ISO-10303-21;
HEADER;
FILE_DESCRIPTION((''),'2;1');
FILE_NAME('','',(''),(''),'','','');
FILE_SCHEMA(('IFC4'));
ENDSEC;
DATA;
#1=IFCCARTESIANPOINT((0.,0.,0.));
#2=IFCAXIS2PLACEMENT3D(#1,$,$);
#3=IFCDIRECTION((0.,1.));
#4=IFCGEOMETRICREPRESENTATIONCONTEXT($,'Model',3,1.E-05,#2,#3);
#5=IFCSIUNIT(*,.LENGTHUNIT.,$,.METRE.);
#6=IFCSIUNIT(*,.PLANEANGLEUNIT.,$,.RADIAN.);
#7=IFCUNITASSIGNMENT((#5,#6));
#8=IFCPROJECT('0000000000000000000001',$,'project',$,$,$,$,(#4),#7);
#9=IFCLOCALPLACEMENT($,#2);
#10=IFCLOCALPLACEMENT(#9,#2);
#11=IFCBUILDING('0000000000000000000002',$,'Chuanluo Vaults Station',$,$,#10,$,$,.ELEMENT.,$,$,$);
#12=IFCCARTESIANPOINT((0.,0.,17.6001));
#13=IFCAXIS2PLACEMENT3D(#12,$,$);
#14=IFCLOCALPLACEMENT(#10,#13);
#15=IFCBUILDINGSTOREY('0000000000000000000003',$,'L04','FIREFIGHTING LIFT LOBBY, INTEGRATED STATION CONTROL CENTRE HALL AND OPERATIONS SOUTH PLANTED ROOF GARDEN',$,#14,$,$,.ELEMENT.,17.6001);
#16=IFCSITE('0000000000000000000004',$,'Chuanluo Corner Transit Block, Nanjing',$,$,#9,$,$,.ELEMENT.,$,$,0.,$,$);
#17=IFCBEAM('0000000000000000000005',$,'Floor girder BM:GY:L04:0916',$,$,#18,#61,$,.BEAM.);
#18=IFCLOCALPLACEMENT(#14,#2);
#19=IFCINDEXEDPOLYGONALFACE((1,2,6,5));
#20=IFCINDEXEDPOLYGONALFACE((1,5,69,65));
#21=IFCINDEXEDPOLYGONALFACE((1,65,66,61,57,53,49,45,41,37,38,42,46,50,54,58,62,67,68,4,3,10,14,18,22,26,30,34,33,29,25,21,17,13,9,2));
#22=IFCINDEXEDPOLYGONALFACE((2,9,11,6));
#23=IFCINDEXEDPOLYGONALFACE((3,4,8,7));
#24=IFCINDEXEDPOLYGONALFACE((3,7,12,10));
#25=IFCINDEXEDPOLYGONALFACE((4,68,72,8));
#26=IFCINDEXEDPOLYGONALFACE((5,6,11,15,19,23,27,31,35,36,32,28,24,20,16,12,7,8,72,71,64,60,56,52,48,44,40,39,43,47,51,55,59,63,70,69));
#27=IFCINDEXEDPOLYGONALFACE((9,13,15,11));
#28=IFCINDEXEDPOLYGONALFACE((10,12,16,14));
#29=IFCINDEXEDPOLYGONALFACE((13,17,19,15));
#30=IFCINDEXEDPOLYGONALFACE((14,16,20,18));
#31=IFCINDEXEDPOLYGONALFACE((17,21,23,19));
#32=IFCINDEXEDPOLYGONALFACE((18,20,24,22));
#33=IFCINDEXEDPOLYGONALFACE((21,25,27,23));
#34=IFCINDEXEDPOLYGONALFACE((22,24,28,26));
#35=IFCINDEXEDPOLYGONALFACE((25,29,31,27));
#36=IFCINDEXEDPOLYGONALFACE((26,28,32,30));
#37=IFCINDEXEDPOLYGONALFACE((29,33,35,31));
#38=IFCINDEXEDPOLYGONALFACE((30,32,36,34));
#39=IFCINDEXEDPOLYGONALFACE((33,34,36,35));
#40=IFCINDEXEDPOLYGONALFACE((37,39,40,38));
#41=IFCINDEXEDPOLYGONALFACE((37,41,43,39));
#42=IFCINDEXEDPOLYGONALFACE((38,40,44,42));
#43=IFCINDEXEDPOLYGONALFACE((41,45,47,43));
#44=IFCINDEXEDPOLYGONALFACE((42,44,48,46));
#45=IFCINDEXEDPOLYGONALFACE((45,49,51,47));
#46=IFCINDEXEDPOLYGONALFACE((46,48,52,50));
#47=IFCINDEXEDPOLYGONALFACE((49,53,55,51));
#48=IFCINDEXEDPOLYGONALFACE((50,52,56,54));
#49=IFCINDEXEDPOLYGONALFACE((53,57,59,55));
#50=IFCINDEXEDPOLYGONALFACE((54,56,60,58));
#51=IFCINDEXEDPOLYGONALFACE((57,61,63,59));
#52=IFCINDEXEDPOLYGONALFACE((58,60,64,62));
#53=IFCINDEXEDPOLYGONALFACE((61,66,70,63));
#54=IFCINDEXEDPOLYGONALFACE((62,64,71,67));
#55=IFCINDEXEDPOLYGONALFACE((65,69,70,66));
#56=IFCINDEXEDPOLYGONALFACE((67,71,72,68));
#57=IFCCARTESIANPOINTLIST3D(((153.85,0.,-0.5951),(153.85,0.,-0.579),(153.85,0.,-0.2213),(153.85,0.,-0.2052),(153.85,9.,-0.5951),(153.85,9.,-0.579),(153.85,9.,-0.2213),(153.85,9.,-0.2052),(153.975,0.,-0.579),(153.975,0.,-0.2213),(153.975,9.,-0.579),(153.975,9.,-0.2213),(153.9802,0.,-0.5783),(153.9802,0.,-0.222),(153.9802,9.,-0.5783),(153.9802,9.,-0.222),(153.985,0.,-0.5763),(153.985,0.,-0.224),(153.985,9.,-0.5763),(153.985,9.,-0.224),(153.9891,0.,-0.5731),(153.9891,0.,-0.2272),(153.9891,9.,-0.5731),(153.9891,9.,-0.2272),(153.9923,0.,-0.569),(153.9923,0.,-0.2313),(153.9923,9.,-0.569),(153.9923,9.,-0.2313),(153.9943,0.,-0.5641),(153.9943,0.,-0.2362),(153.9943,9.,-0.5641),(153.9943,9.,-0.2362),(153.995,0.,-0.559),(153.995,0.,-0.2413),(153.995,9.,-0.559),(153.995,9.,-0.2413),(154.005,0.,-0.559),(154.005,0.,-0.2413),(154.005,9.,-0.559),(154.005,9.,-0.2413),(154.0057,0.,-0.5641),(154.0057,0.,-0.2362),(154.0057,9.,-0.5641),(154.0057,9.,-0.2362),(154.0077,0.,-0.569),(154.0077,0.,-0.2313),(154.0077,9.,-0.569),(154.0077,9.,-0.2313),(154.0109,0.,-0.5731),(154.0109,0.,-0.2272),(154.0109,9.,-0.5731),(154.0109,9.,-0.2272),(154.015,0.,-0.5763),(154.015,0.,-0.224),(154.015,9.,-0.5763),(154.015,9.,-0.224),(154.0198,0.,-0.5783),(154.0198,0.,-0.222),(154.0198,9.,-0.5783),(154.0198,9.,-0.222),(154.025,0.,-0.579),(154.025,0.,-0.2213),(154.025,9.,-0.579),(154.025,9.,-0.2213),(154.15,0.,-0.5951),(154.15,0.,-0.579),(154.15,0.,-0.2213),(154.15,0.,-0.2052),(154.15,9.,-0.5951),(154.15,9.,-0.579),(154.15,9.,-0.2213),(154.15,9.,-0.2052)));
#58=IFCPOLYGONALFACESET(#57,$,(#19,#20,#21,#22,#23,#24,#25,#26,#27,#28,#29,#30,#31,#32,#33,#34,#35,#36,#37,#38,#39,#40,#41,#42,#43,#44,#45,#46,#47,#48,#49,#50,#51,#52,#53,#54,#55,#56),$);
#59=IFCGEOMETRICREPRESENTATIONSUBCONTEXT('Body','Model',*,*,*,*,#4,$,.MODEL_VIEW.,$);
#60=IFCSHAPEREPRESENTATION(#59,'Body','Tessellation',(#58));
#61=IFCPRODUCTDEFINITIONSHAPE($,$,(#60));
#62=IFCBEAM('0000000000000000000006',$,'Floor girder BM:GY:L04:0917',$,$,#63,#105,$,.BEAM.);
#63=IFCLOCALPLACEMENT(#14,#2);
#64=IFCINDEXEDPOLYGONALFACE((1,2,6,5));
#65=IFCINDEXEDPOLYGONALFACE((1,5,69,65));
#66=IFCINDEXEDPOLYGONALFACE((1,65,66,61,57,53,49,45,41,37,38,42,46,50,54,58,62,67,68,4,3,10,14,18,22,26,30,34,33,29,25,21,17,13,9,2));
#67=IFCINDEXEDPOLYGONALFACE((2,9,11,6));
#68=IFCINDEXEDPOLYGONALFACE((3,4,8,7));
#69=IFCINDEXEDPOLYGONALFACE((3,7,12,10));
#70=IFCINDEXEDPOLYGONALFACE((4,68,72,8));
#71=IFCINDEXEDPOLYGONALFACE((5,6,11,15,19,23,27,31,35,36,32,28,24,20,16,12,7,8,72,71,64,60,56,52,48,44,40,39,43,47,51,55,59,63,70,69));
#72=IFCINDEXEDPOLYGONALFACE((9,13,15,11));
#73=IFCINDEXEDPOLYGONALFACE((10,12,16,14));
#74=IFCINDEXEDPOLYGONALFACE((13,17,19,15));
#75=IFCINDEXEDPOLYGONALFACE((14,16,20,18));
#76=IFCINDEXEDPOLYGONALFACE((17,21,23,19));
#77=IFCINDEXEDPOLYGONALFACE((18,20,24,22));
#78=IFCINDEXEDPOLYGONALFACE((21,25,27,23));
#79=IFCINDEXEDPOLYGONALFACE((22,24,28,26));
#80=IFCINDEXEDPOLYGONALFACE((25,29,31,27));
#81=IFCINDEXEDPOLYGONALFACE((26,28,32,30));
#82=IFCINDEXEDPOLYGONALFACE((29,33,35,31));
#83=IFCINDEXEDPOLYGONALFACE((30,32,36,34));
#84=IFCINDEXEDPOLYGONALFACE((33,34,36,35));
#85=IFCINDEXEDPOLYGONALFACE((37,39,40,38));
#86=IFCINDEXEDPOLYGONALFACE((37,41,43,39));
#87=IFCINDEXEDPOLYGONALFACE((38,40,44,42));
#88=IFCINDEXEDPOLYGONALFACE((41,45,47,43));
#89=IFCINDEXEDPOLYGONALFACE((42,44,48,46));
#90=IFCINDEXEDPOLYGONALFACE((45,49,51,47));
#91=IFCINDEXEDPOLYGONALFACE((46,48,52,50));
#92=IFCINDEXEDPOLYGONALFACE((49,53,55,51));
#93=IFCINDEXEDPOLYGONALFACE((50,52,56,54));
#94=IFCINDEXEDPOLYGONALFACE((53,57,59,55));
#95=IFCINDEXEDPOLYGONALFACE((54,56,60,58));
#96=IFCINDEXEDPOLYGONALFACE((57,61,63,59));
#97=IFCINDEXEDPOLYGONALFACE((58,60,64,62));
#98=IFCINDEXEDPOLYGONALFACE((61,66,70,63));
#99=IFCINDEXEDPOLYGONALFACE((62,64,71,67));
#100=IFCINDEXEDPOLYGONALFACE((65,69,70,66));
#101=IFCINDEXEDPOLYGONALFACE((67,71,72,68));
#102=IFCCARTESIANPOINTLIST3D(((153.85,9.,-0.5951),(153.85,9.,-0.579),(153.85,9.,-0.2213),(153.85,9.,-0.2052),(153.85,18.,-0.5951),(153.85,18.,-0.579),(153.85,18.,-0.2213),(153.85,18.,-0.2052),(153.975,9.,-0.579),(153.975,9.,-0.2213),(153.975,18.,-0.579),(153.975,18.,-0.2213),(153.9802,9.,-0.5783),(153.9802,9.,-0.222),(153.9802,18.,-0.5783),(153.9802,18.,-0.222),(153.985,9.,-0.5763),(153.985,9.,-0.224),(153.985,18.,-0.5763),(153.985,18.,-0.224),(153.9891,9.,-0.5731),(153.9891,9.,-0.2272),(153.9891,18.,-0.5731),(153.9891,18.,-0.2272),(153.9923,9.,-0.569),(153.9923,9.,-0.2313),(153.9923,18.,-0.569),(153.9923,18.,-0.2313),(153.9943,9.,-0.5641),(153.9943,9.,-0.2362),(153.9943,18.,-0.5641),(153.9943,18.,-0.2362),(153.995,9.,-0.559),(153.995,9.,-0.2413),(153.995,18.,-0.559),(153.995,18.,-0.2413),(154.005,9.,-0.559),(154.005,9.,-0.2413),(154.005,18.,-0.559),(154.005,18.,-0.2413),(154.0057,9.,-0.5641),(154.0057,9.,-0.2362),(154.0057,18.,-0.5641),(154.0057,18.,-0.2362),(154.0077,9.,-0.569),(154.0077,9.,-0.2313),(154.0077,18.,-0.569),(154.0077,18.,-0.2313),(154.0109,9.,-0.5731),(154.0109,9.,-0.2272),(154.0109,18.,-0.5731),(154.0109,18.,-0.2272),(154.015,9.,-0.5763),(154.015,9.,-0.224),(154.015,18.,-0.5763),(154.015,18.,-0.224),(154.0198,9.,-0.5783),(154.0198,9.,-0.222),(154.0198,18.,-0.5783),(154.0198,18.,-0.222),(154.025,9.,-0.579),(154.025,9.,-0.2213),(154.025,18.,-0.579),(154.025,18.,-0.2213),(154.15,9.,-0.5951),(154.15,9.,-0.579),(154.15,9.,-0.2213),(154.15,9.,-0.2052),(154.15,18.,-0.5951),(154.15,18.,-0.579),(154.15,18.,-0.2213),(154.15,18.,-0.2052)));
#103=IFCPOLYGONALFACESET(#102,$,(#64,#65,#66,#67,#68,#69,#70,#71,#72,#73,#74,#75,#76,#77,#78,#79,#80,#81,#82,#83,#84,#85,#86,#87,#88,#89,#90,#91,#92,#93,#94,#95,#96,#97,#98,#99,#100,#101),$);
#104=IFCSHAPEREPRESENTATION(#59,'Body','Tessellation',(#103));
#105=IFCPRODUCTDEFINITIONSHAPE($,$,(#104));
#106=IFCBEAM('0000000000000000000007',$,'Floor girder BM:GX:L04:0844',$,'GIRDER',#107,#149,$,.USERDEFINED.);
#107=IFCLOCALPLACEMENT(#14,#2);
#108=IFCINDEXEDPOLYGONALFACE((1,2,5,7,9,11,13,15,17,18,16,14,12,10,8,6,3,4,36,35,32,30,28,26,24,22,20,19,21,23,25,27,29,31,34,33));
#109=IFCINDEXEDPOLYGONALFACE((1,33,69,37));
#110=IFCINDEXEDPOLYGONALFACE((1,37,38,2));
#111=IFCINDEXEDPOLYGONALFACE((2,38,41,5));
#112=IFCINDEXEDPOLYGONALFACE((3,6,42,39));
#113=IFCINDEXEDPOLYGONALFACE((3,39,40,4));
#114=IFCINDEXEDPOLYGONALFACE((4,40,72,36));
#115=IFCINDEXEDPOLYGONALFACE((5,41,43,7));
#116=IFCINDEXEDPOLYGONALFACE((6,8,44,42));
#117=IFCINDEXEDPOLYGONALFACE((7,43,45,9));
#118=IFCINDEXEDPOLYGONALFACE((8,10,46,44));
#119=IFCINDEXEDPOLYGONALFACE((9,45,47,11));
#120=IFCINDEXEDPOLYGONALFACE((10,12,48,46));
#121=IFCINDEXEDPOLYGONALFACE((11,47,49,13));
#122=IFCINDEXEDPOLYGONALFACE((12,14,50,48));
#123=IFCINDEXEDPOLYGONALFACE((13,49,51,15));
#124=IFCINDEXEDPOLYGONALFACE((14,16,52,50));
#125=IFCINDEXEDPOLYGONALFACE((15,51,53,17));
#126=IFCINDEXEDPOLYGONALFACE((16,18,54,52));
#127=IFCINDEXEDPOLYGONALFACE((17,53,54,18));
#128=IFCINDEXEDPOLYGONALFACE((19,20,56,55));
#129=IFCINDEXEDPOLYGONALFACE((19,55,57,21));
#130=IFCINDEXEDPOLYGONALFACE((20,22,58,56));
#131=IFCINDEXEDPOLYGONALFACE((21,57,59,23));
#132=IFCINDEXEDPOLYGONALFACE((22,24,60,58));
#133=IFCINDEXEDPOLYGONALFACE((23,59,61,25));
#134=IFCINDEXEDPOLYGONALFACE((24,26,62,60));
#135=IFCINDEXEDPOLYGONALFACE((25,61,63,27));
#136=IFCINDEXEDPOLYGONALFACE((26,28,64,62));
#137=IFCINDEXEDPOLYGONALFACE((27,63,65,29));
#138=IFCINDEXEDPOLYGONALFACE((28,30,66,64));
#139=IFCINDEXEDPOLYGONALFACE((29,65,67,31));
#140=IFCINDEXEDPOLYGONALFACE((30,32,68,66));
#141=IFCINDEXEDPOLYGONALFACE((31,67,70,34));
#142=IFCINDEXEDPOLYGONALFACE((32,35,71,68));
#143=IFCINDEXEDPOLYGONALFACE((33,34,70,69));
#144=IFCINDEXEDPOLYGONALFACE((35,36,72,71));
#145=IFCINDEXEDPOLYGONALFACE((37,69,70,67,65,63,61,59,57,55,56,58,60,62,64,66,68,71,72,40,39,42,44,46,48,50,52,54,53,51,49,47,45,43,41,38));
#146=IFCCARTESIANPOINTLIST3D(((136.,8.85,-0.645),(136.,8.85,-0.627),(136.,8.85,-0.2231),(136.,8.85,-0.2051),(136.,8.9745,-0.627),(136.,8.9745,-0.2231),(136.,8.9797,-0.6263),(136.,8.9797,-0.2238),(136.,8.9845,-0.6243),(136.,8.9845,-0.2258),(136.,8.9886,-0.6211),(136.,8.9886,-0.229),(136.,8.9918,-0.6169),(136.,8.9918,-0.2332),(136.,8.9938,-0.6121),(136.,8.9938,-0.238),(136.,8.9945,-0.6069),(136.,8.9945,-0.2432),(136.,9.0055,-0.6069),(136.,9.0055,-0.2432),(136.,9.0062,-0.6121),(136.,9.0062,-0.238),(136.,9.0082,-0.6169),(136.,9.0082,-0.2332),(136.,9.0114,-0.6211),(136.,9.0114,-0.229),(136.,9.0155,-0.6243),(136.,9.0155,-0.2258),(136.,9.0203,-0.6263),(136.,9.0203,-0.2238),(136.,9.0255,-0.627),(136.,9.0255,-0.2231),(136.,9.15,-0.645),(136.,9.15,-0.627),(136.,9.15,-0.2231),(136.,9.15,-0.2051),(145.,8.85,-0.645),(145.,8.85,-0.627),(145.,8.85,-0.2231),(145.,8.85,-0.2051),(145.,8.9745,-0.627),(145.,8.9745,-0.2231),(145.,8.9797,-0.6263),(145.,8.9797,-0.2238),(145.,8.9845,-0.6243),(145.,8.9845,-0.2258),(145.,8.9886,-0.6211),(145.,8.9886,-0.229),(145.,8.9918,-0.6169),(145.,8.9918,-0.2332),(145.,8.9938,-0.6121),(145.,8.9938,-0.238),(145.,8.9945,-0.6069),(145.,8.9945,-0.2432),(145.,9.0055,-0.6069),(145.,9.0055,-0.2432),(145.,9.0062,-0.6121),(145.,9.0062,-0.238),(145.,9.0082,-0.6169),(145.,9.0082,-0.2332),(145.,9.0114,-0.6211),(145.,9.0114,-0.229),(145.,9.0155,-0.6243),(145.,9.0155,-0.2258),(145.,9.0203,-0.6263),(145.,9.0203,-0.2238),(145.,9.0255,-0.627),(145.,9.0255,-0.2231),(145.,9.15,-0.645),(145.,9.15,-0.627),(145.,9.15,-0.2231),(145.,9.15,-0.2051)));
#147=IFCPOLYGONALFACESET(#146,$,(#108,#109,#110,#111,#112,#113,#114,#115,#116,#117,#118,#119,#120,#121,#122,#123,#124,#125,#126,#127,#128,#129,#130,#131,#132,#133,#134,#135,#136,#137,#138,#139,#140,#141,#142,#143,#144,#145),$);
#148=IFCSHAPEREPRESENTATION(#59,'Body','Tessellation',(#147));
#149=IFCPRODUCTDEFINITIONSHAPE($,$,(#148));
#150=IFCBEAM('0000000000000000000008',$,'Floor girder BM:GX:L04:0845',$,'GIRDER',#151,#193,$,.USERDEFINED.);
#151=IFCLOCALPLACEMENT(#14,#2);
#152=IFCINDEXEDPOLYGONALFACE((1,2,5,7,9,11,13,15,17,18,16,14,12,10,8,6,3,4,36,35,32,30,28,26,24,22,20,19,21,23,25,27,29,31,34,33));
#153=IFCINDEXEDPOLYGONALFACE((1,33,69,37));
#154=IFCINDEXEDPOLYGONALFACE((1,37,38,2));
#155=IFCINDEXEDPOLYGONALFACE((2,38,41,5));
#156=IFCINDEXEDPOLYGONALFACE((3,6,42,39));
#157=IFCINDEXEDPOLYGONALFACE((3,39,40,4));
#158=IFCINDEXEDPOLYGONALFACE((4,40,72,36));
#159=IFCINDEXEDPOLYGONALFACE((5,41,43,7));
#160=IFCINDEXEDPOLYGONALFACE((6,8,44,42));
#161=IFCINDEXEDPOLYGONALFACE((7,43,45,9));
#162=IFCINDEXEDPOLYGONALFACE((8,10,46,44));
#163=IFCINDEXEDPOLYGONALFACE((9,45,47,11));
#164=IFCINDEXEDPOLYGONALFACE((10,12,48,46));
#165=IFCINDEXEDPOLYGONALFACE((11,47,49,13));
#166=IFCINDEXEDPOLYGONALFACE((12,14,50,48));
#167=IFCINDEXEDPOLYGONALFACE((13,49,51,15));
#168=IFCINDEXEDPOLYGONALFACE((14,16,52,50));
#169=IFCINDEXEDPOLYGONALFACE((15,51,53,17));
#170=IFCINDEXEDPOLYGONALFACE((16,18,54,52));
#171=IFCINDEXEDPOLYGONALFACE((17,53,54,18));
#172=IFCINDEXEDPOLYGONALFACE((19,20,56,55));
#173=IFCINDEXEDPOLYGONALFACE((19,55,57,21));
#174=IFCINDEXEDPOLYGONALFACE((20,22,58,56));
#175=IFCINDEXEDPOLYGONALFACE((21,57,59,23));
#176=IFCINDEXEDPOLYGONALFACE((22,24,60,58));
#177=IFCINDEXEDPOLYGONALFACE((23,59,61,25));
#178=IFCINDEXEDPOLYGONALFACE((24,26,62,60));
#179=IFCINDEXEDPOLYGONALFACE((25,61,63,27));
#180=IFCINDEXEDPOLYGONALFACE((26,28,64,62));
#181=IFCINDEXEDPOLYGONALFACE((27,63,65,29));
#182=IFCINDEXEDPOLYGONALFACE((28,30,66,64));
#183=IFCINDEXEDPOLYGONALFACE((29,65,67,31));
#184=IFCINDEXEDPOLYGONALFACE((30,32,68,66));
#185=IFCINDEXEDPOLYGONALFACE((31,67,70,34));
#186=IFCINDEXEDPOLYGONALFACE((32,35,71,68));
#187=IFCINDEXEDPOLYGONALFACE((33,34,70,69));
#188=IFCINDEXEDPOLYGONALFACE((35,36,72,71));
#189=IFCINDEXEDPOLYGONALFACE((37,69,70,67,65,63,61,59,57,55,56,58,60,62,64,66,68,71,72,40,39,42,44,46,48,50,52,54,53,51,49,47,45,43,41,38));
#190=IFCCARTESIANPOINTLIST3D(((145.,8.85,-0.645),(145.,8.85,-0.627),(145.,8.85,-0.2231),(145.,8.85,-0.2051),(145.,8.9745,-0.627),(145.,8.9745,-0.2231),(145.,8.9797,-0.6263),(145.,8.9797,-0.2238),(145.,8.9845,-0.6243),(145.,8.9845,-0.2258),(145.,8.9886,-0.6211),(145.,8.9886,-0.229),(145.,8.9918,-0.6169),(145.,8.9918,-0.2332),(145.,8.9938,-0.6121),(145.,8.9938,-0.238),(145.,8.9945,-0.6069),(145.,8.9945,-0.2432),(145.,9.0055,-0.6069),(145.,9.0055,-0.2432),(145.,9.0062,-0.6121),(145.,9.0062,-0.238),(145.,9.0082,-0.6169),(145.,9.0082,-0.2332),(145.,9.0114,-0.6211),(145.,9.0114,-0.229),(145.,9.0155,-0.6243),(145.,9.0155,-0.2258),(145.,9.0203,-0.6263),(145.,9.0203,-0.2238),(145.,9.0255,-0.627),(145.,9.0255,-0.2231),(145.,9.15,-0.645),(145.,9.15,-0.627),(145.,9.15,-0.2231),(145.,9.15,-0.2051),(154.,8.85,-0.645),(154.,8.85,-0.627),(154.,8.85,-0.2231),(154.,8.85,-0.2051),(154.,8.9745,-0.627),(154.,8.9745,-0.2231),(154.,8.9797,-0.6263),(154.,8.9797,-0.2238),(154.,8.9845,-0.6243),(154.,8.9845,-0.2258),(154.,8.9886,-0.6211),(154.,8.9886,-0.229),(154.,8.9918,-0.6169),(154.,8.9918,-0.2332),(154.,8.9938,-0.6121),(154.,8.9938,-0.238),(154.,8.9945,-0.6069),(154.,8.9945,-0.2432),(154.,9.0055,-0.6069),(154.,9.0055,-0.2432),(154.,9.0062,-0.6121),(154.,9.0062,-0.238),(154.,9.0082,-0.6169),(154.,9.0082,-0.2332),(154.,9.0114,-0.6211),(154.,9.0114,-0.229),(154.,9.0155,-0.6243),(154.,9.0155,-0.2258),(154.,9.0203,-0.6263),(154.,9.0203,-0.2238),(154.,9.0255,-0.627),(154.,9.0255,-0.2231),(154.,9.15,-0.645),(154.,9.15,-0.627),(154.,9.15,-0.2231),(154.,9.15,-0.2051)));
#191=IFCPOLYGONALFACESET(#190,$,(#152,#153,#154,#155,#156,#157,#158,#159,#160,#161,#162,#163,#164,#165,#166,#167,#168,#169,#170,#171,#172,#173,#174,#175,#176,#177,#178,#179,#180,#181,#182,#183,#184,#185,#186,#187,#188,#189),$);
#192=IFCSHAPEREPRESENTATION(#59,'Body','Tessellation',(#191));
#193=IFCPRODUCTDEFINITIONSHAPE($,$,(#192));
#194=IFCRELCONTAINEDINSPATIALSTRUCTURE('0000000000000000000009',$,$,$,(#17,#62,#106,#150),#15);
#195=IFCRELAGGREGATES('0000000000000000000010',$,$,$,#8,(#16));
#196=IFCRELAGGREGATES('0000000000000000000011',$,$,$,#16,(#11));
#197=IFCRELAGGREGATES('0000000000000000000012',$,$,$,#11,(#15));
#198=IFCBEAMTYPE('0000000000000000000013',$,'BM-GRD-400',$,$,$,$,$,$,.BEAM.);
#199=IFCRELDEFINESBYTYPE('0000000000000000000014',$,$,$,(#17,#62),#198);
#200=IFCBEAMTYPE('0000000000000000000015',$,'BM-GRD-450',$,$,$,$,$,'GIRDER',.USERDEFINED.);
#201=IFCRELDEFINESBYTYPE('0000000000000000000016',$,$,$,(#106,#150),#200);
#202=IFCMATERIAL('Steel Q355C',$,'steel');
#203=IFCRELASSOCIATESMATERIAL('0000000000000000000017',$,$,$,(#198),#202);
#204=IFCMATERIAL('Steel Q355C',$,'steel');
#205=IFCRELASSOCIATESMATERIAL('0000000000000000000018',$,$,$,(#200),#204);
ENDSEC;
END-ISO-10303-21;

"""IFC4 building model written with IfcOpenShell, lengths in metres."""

from ifc_helpers import new_model, si_unit, direction, frame, origin, origin_2d, place, context, subcontext, project, spatial, i_section, extrude, material, material_profile, profile_set, type_object, element, save


model = new_model("IFC4")

# Units and contexts
model_context = context("Model", 3, precision=1e-05, world=origin(), true_north=direction((0.0, 1.0)))
body_context = subcontext(model_context, "Body", "Model", "MODEL_VIEW")
ifc_project = project(units=[si_unit("LENGTHUNIT", "METRE"), si_unit("PLANEANGLEUNIT", "RADIAN")], contexts=[model_context])

# Site, building, storey
site_placement = place(None, origin())
site = spatial("IfcSite", under=ifc_project, at=site_placement, Name="Chuanluo Corner Transit Block, Nanjing", CompositionType="ELEMENT", RefElevation=0.0)
building_placement = place(site_placement, origin())
building = spatial("IfcBuilding", under=site, at=building_placement, Name="Chuanluo Vaults Station", CompositionType="ELEMENT")
storey_placement = place(building_placement, frame((0.0, 0.0, 17.6001)))
storey = spatial("IfcBuildingStorey", under=building, at=storey_placement, Name="L04", Description="FIREFIGHTING LIFT LOBBY, INTEGRATED STATION CONTROL CENTRE HALL AND OPERATIONS SOUTH PLANTED ROOF GARDEN", CompositionType="ELEMENT", Elevation=17.6001)

# Beams
ifc_material_1 = material(Name="Steel Q355C", Category="steel")
ifc_material_profile_1 = material_profile(ifc_material_1, i_section(OverallWidth=0.3, OverallDepth=0.3899, WebThickness=0.01, FlangeThickness=0.0161, FilletRadius=0.02, at=origin_2d()))
ifc_profile_set_1 = profile_set([ifc_material_profile_1], Name="Steel Q355C")
beam_type_1 = type_object("IfcBeamType", Name="BM-GRD-400", PredefinedType="BEAM", material=ifc_profile_set_1)
for number, where, z_axis, x_axis, name in (
    (1, (154.0, 0.0, -0.4001), (0.0, 1.0, 0.0), (-1.0, 0.0, 0.0), "Floor girder BM:GY:L04:0916"),
    (2, (154.0, 9.0, -0.4001), (0.0, 1.0, 0.0), (-1.0, 0.0, 0.0), "Floor girder BM:GY:L04:0917"),
):
    element("IfcBeam", number, at=place(storey_placement, frame(where, z_axis=z_axis, x_axis=x_axis)), inside=storey, type_object=beam_type_1, Name=name, PredefinedType="BEAM", context=body_context, shape_type="SweptSolid", body=[
        extrude(i_section(OverallWidth=0.3, OverallDepth=0.3899, WebThickness=0.01, FlangeThickness=0.0161, FilletRadius=0.02, at=origin_2d()), origin(), (0.0, 0.0, 1.0), 9.0),
    ])
ifc_material_2 = material(Name="Steel Q355C", Category="steel")
ifc_material_profile_2 = material_profile(ifc_material_2, i_section(OverallWidth=0.3, OverallDepth=0.4399, WebThickness=0.011, FlangeThickness=0.0181, FilletRadius=0.02, at=origin_2d()))
ifc_profile_set_2 = profile_set([ifc_material_profile_2], Name="Steel Q355C")
beam_type_2 = type_object("IfcBeamType", Name="BM-GRD-450", ElementType="GIRDER", PredefinedType="USERDEFINED", material=ifc_profile_set_2)
for number, where, z_axis, x_axis, name in (
    (3, (136.0, 9.0, -0.425), (1.0, 0.0, 0.0), (0.0, 1.0, 0.0), "Floor girder BM:GX:L04:0844"),
    (4, (145.0, 9.0, -0.425), (1.0, 0.0, 0.0), (0.0, 1.0, 0.0), "Floor girder BM:GX:L04:0845"),
):
    element("IfcBeam", number, at=place(storey_placement, frame(where, z_axis=z_axis, x_axis=x_axis)), inside=storey, type_object=beam_type_2, Name=name, ObjectType="GIRDER", PredefinedType="USERDEFINED", context=body_context, shape_type="SweptSolid", body=[
        extrude(i_section(OverallWidth=0.3, OverallDepth=0.4399, WebThickness=0.011, FlangeThickness=0.0181, FilletRadius=0.02, at=origin_2d()), origin(), (0.0, 0.0, 1.0), 9.0),
    ])

save(model, "model.ifc")
